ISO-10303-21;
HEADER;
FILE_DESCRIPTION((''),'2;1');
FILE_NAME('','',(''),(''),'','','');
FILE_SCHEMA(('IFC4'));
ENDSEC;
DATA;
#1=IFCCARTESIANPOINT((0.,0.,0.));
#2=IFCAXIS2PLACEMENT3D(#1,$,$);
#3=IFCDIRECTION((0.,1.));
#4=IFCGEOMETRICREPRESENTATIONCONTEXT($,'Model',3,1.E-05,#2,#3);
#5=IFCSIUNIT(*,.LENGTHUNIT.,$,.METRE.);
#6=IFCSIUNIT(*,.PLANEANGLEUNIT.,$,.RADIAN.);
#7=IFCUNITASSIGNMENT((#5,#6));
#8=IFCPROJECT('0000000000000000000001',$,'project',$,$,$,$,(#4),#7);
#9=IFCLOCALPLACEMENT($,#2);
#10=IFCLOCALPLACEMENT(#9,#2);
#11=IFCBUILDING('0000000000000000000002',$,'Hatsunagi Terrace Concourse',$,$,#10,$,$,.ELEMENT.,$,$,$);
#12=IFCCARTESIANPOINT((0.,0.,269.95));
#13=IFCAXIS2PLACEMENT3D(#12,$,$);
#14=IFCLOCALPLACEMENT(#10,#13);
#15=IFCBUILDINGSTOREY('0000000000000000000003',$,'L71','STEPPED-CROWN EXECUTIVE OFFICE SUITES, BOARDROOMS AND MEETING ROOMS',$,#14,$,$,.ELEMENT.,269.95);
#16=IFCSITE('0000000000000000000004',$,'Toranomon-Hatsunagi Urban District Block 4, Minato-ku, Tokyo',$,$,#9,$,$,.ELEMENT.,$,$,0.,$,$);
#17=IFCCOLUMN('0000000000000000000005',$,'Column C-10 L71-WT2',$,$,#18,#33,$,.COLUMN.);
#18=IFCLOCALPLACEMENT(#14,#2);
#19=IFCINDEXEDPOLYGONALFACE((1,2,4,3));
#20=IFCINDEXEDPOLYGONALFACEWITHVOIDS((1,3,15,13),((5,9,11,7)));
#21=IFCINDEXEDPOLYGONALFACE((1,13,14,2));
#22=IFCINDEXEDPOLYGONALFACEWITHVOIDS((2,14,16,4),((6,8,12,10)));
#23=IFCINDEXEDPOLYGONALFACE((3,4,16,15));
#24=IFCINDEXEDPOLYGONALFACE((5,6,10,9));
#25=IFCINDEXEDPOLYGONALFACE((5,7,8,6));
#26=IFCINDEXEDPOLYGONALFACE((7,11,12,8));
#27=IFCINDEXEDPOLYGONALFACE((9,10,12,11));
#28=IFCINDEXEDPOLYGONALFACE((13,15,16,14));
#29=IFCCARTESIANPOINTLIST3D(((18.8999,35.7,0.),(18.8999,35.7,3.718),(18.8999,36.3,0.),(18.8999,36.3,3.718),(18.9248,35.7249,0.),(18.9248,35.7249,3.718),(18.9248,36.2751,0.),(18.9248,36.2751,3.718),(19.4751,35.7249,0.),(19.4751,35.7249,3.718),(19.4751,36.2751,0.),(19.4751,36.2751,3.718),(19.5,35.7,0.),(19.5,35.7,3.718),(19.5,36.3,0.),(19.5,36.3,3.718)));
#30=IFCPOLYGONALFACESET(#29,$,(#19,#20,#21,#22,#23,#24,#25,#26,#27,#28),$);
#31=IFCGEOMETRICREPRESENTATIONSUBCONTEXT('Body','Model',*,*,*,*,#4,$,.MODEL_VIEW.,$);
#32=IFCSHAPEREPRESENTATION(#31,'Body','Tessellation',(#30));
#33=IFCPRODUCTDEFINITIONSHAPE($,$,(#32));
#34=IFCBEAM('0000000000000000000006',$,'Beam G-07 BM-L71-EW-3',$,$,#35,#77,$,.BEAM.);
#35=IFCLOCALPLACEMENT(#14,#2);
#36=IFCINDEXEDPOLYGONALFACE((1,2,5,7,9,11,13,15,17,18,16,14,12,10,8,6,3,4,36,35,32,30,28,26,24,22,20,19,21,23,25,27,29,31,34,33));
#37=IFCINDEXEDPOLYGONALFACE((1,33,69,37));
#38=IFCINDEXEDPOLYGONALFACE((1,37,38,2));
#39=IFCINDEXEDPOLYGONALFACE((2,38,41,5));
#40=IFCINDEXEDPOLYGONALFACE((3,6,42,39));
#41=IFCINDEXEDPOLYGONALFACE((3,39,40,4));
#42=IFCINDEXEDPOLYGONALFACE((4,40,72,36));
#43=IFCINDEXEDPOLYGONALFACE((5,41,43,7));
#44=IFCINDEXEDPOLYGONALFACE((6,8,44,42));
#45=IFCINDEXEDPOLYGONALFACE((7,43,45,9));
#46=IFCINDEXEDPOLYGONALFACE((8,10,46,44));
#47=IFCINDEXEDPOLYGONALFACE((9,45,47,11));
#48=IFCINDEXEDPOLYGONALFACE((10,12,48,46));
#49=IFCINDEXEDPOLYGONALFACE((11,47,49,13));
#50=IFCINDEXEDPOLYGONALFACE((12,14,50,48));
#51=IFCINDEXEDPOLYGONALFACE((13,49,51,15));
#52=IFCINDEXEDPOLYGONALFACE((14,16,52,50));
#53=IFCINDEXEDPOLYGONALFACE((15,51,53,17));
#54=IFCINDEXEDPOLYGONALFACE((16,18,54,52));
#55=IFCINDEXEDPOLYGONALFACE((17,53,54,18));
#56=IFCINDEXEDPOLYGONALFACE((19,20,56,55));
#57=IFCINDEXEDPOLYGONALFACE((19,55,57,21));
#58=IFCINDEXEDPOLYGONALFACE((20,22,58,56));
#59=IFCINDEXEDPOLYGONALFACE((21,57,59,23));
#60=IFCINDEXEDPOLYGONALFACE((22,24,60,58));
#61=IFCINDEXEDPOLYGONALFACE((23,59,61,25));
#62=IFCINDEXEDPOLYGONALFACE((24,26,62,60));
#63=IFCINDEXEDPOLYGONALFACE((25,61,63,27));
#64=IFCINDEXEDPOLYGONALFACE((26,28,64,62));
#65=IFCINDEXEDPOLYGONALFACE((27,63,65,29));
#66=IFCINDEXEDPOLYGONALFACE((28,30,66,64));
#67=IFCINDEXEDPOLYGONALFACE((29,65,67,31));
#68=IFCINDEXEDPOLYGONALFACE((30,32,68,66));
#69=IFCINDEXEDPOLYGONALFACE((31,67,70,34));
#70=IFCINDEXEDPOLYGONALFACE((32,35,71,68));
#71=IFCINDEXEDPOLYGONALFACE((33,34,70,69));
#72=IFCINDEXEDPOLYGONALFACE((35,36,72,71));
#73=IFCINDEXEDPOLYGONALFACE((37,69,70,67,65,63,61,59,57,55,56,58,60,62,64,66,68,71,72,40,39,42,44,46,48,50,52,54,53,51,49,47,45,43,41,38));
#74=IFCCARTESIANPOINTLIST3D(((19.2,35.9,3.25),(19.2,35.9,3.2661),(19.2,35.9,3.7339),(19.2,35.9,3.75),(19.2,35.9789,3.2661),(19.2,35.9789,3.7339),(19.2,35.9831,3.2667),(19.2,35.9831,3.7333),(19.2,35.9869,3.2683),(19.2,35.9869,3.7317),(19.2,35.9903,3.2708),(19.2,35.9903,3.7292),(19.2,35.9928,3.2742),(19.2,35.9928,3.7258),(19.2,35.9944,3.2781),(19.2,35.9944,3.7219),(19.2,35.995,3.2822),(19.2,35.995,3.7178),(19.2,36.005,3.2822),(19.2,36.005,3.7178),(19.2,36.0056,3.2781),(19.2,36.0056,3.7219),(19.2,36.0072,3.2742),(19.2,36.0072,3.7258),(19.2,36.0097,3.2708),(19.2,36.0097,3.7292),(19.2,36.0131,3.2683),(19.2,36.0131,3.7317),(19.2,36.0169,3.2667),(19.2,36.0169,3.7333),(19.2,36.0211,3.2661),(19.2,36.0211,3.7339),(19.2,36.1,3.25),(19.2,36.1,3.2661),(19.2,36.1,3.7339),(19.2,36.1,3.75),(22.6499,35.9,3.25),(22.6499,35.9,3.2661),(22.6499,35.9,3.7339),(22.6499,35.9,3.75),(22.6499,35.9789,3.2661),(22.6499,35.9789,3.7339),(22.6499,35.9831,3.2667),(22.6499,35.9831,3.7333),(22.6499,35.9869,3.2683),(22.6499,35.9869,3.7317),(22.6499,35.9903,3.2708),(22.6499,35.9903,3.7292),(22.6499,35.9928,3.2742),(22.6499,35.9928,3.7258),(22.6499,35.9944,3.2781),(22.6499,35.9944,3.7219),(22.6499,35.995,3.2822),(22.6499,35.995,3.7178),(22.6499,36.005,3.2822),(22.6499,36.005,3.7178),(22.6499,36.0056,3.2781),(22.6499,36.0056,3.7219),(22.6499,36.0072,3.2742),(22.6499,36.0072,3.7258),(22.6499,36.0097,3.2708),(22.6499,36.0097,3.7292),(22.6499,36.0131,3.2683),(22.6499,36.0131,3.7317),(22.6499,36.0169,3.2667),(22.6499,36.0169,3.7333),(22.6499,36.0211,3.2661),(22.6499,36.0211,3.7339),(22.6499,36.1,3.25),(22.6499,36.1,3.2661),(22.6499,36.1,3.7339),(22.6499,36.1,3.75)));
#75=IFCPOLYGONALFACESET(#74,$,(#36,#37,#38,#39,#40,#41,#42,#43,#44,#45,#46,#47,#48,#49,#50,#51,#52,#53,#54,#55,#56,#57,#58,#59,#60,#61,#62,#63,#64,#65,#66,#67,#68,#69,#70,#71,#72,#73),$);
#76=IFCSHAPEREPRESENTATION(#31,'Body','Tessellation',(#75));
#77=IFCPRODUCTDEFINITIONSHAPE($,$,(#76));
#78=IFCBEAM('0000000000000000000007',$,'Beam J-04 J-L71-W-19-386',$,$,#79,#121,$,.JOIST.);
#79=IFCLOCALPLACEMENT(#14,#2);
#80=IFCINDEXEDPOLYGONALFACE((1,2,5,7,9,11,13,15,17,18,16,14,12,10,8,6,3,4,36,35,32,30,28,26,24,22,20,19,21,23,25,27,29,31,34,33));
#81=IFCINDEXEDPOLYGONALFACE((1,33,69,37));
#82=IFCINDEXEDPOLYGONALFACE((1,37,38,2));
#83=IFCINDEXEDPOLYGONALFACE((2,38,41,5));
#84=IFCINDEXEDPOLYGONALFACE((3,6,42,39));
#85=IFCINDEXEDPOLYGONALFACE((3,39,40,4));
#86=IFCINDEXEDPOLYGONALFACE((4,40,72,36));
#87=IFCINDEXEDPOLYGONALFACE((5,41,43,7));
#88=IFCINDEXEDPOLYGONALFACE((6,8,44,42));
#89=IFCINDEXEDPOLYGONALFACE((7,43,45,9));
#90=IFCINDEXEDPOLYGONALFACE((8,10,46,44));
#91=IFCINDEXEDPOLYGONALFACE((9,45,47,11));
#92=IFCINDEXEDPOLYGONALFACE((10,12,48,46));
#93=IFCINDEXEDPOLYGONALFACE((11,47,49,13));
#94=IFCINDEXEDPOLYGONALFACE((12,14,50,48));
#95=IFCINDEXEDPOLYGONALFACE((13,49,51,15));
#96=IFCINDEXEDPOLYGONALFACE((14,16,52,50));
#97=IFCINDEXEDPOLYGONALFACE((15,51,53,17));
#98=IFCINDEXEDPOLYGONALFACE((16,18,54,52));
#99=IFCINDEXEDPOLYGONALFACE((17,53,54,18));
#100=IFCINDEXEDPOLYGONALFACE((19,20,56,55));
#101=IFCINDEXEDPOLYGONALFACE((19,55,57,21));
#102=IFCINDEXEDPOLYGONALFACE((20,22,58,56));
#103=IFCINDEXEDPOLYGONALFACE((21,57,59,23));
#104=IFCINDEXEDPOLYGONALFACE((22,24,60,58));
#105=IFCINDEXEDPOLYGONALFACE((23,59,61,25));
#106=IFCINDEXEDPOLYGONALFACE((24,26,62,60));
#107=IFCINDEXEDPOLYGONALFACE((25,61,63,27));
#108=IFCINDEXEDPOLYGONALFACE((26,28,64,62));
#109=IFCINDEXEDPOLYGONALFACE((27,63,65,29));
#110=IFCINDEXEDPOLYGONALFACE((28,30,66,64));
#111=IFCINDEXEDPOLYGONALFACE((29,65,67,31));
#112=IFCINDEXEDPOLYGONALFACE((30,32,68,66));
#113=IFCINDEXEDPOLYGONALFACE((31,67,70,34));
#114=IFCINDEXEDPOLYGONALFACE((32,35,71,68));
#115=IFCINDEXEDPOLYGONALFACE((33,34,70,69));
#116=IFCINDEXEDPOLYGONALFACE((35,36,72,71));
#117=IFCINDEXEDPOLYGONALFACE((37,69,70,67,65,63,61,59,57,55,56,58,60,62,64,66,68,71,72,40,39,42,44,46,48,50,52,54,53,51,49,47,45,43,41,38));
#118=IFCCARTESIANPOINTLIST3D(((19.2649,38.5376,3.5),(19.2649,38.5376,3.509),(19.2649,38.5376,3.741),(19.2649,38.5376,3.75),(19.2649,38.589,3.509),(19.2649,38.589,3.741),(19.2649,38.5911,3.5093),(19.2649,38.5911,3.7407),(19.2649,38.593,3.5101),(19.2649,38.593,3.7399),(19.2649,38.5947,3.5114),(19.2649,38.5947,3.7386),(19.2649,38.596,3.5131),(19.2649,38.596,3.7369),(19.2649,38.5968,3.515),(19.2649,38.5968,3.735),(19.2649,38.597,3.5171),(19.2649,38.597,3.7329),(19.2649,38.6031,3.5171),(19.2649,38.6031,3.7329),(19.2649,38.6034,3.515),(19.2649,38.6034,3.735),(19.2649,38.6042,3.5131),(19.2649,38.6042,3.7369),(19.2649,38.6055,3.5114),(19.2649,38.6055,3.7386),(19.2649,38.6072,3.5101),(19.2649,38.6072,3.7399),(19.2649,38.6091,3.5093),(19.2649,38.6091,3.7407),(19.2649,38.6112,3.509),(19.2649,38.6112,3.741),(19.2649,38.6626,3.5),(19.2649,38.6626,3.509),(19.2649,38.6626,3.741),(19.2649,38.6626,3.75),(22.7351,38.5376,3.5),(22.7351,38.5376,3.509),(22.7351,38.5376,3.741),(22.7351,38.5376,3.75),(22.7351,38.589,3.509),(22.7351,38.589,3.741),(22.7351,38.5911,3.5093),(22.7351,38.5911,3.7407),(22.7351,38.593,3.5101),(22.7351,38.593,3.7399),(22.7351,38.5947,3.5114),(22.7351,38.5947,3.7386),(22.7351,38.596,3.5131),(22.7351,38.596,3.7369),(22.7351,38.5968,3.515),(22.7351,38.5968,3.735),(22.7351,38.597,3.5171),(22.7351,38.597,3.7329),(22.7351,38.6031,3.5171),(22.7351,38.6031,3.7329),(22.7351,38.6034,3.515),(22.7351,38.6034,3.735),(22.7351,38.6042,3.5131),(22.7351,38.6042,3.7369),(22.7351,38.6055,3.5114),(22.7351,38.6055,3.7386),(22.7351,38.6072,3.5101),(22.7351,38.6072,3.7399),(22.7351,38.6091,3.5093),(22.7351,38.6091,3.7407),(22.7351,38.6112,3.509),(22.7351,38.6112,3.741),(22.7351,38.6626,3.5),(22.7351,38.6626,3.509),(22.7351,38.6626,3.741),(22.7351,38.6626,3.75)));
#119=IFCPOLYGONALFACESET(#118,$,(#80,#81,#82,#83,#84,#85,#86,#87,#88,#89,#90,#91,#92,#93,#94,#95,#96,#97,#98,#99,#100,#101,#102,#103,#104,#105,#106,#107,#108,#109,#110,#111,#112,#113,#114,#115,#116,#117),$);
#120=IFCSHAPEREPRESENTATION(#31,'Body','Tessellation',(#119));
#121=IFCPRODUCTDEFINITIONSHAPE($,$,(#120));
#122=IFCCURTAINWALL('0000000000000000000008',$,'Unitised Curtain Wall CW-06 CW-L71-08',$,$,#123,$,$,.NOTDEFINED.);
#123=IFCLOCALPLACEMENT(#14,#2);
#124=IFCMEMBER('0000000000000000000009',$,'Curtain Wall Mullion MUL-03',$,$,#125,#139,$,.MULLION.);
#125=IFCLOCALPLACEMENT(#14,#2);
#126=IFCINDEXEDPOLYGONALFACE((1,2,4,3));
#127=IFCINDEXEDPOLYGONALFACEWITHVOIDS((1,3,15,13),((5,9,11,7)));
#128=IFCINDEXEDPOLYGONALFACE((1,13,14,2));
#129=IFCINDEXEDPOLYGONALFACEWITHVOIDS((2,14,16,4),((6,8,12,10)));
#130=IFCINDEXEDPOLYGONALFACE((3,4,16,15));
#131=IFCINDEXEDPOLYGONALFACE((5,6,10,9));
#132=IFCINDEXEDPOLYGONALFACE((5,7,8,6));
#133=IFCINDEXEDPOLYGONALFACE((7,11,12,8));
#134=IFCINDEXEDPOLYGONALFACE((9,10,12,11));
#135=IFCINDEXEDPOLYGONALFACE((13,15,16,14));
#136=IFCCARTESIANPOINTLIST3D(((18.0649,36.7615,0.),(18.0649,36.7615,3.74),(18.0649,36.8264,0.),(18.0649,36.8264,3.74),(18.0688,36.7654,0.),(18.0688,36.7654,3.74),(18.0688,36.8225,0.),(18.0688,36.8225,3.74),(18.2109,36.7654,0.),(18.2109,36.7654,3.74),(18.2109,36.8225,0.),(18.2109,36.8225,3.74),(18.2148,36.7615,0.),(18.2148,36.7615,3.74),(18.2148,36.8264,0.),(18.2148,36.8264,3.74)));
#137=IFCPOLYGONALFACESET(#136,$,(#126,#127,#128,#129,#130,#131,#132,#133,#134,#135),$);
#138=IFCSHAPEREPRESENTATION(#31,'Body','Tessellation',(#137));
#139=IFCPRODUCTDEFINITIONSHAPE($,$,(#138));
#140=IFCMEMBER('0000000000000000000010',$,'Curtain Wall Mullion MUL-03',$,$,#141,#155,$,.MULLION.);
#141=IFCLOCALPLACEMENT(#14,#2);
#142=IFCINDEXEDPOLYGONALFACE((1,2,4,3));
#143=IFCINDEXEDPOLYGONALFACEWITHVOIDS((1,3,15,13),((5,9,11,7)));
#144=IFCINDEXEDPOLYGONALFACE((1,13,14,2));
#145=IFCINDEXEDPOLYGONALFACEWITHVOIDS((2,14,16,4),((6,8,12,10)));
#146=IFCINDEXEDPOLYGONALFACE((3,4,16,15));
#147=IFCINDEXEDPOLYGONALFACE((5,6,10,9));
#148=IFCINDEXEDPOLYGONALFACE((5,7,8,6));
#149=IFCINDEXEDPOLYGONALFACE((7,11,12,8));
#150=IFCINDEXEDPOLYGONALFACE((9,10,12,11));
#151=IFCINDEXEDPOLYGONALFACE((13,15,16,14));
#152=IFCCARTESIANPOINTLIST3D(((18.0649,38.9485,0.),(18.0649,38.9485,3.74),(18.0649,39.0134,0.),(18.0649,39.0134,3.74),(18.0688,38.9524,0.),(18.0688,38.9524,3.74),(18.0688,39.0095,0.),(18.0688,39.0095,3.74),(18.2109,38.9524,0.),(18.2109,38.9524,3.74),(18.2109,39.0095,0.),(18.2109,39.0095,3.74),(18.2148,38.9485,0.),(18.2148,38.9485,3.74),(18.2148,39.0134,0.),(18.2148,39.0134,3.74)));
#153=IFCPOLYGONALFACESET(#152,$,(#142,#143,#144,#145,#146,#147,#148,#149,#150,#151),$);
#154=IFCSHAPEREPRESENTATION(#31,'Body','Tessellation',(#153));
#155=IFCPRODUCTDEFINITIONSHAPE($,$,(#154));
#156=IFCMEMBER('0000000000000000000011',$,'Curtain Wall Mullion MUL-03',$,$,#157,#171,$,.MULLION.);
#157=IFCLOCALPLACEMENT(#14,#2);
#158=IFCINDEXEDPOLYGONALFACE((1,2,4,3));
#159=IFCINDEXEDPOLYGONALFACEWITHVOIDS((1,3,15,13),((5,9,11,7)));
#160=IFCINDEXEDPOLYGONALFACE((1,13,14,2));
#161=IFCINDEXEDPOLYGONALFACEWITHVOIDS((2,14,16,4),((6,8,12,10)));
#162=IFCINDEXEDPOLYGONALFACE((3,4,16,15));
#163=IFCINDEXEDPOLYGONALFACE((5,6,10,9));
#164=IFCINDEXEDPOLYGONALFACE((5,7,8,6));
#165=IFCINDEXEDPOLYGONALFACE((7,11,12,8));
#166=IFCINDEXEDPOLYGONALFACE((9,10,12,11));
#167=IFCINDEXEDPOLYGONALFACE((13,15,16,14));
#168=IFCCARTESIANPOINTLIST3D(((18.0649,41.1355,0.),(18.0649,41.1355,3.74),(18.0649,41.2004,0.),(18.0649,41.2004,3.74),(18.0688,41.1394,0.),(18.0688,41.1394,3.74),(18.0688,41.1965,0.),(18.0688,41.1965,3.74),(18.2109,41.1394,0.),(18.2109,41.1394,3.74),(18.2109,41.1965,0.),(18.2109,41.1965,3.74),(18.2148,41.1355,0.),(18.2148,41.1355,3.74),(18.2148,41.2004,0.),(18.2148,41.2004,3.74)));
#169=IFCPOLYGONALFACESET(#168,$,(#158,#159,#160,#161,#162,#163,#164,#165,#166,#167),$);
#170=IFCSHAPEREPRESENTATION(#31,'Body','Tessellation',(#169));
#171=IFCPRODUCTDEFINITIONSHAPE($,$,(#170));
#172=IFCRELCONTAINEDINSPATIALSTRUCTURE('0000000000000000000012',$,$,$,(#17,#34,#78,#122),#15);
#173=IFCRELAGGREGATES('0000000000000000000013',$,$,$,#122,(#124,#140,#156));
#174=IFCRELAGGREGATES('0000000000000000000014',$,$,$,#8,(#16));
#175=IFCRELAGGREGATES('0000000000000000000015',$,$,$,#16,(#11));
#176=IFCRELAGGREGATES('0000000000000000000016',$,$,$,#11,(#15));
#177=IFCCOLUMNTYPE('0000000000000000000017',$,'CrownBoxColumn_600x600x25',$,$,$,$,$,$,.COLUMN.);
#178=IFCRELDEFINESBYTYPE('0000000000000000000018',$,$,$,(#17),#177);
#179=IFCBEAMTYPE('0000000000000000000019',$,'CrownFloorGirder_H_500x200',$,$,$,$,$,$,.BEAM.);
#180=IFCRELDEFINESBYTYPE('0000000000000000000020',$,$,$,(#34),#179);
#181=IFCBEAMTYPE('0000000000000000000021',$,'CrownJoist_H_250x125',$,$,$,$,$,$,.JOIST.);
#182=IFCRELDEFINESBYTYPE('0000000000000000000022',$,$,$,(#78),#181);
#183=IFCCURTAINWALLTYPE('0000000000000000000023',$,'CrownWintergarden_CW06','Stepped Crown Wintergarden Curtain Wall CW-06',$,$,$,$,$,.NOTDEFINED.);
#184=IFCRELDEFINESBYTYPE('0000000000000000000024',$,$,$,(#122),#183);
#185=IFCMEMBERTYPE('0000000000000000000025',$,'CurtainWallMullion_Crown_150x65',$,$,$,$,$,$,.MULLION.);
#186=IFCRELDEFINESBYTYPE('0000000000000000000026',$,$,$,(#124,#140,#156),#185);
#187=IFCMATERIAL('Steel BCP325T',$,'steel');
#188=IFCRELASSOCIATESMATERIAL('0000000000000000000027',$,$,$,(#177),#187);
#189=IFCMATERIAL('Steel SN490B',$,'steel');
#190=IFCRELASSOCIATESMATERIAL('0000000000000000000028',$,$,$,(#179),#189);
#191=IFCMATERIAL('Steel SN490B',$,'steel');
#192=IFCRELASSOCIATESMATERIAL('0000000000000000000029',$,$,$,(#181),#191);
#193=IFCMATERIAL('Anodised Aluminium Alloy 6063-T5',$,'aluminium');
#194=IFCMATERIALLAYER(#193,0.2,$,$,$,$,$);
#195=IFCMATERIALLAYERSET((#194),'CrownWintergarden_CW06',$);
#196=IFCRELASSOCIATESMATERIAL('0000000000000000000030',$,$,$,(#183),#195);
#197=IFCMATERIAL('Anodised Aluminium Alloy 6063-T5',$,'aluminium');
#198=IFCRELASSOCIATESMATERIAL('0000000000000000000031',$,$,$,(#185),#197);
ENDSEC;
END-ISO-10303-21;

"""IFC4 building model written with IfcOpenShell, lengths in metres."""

from ifc_helpers import new_model, si_unit, direction, frame, origin, origin_2d, place, context, subcontext, project, spatial, hollow_rectangle, i_section, extrude, material, layer, layer_set, material_profile, profile_set, type_object, element, aggregate, save


model = new_model("IFC4")

# Units and contexts
model_context = context("Model", 3, precision=1e-05, world=origin(), true_north=direction((0.0, 1.0)))
body_context = subcontext(model_context, "Body", "Model", "MODEL_VIEW")
ifc_project = project(units=[si_unit("LENGTHUNIT", "METRE"), si_unit("PLANEANGLEUNIT", "RADIAN")], contexts=[model_context])

# Site, building, storey
site_placement = place(None, origin())
site = spatial("IfcSite", under=ifc_project, at=site_placement, Name="Toranomon-Hatsunagi Urban District Block 4, Minato-ku, Tokyo", CompositionType="ELEMENT", RefElevation=0.0)
building_placement = place(site_placement, origin())
building = spatial("IfcBuilding", under=site, at=building_placement, Name="Hatsunagi Terrace Concourse", CompositionType="ELEMENT")
storey_placement = place(building_placement, frame((0.0, 0.0, 269.95)))
storey = spatial("IfcBuildingStorey", under=building, at=storey_placement, Name="L71", Description="STEPPED-CROWN EXECUTIVE OFFICE SUITES, BOARDROOMS AND MEETING ROOMS", CompositionType="ELEMENT", Elevation=269.95)

# Column
ifc_material_1 = material(Name="Steel BCP325T", Category="steel")
ifc_material_profile_1 = material_profile(ifc_material_1, hollow_rectangle(XDim=0.6001, YDim=0.6001, WallThickness=0.0249, at=origin_2d()), Name="BCP-600x600x25")
ifc_profile_set_1 = profile_set([ifc_material_profile_1], Name="Steel BCP325T")
column_type = type_object("IfcColumnType", Name="CrownBoxColumn_600x600x25", PredefinedType="COLUMN", material=ifc_profile_set_1)
column_placement = place(storey_placement, frame((19.2, 36.0, 0.0), z_axis=(0.0, 0.0, 1.0), x_axis=(1.0, 0.0, 0.0)))
element("IfcColumn", 1, at=column_placement, inside=storey, type_object=column_type, Name="Column C-10 L71-WT2", PredefinedType="COLUMN", context=body_context, shape_type="SweptSolid", body=[
    extrude(hollow_rectangle(XDim=0.6001, YDim=0.6001, WallThickness=0.0249, at=origin_2d()), origin(), (0.0, 0.0, 1.0), 3.718),
])

# Beams
ifc_material_2 = material(Name="Steel SN490B", Category="steel")
ifc_material_profile_2 = material_profile(ifc_material_2, i_section(OverallWidth=0.2, OverallDepth=0.5, WebThickness=0.01, FlangeThickness=0.0161, FilletRadius=0.0161, at=origin_2d()), Name="H-500x200x10x16")
ifc_profile_set_2 = profile_set([ifc_material_profile_2], Name="Steel SN490B")
beam_type_1 = type_object("IfcBeamType", Name="CrownFloorGirder_H_500x200", PredefinedType="BEAM", material=ifc_profile_set_2)
beam_1_placement = place(storey_placement, frame((19.2, 36.0, 3.5), z_axis=(1.0, 0.0, 0.0), x_axis=(0.0, 1.0, 0.0)))
element("IfcBeam", 2, at=beam_1_placement, inside=storey, type_object=beam_type_1, Name="Beam G-07 BM-L71-EW-3", PredefinedType="BEAM", context=body_context, shape_type="SweptSolid", body=[
    extrude(i_section(OverallWidth=0.2, OverallDepth=0.5, WebThickness=0.01, FlangeThickness=0.0161, FilletRadius=0.0161, at=origin_2d()), origin(), (0.0, 0.0, 1.0), 3.45),
])
ifc_material_3 = material(Name="Steel SN490B", Category="steel")
ifc_material_profile_3 = material_profile(ifc_material_3, i_section(OverallWidth=0.125, OverallDepth=0.25, WebThickness=0.0061, FlangeThickness=0.009, FilletRadius=0.0081, at=origin_2d()), Name="H-250x125x6x9")
ifc_profile_set_3 = profile_set([ifc_material_profile_3], Name="Steel SN490B")
beam_type_2 = type_object("IfcBeamType", Name="CrownJoist_H_250x125", PredefinedType="JOIST", material=ifc_profile_set_3)
beam_2_placement = place(storey_placement, frame((19.2649, 38.6001, 3.625), z_axis=(1.0, 0.0, 0.0), x_axis=(0.0, 1.0, 0.0)))
element("IfcBeam", 3, at=beam_2_placement, inside=storey, type_object=beam_type_2, Name="Beam J-04 J-L71-W-19-386", PredefinedType="JOIST", context=body_context, shape_type="SweptSolid", body=[
    extrude(i_section(OverallWidth=0.125, OverallDepth=0.25, WebThickness=0.0061, FlangeThickness=0.009, FilletRadius=0.0081, at=origin_2d()), origin(), (0.0, 0.0, 1.0), 3.4702),
])

# Curtain wall, members
ifc_material_4 = material(Name="Anodised Aluminium Alloy 6063-T5", Category="aluminium")
ifc_layer_1 = layer(ifc_material_4, 0.2)
ifc_layer_set_1 = layer_set([ifc_layer_1], Name="CrownWintergarden_CW06")
curtain_wall_type = type_object("IfcCurtainWallType", Name="CrownWintergarden_CW06", Description="Stepped Crown Wintergarden Curtain Wall CW-06", PredefinedType="NOTDEFINED", material=ifc_layer_set_1)
curtain_wall_placement = place(storey_placement, origin())
curtain_wall = element("IfcCurtainWall", 4, at=curtain_wall_placement, inside=storey, type_object=curtain_wall_type, Name="Unitised Curtain Wall CW-06 CW-L71-08", PredefinedType="NOTDEFINED")
ifc_material_5 = material(Name="Anodised Aluminium Alloy 6063-T5", Category="aluminium")
ifc_material_profile_4 = material_profile(ifc_material_5, hollow_rectangle(XDim=0.0649, YDim=0.1499, WallThickness=0.0039, at=origin_2d()), Name="ALU-MUL-150x65x4")
ifc_profile_set_4 = profile_set([ifc_material_profile_4], Name="Anodised Aluminium Alloy 6063-T5")
member_type = type_object("IfcMemberType", Name="CurtainWallMullion_Crown_150x65", PredefinedType="MULLION", material=ifc_profile_set_4)
member_1_placement = place(storey_placement, frame((18.1399, 36.7939, 0.0), z_axis=(0.0, 0.0, 1.0), x_axis=(0.0, 1.0, 0.0)))
member_1 = element("IfcMember", 5, at=member_1_placement, type_object=member_type, Name="Curtain Wall Mullion MUL-03", PredefinedType="MULLION", context=body_context, shape_type="SweptSolid", body=[
    extrude(hollow_rectangle(XDim=0.0649, YDim=0.1499, WallThickness=0.0039, at=origin_2d()), origin(), (0.0, 0.0, 1.0), 3.74),
])
member_2_placement = place(storey_placement, frame((18.1399, 38.981, 0.0), z_axis=(0.0, 0.0, 1.0), x_axis=(0.0, 1.0, 0.0)))
member_2 = element("IfcMember", 6, at=member_2_placement, type_object=member_type, Name="Curtain Wall Mullion MUL-03", PredefinedType="MULLION", context=body_context, shape_type="SweptSolid", body=[
    extrude(hollow_rectangle(XDim=0.0649, YDim=0.1499, WallThickness=0.0039, at=origin_2d()), origin(), (0.0, 0.0, 1.0), 3.74),
])
member_3_placement = place(storey_placement, frame((18.1399, 41.168, 0.0), z_axis=(0.0, 0.0, 1.0), x_axis=(0.0, 1.0, 0.0)))
member_3 = element("IfcMember", 7, at=member_3_placement, type_object=member_type, Name="Curtain Wall Mullion MUL-03", PredefinedType="MULLION", context=body_context, shape_type="SweptSolid", body=[
    extrude(hollow_rectangle(XDim=0.0649, YDim=0.1499, WallThickness=0.0039, at=origin_2d()), origin(), (0.0, 0.0, 1.0), 3.74),
])

aggregate(curtain_wall, [member_1, member_2, member_3])

save(model, "model.ifc")
